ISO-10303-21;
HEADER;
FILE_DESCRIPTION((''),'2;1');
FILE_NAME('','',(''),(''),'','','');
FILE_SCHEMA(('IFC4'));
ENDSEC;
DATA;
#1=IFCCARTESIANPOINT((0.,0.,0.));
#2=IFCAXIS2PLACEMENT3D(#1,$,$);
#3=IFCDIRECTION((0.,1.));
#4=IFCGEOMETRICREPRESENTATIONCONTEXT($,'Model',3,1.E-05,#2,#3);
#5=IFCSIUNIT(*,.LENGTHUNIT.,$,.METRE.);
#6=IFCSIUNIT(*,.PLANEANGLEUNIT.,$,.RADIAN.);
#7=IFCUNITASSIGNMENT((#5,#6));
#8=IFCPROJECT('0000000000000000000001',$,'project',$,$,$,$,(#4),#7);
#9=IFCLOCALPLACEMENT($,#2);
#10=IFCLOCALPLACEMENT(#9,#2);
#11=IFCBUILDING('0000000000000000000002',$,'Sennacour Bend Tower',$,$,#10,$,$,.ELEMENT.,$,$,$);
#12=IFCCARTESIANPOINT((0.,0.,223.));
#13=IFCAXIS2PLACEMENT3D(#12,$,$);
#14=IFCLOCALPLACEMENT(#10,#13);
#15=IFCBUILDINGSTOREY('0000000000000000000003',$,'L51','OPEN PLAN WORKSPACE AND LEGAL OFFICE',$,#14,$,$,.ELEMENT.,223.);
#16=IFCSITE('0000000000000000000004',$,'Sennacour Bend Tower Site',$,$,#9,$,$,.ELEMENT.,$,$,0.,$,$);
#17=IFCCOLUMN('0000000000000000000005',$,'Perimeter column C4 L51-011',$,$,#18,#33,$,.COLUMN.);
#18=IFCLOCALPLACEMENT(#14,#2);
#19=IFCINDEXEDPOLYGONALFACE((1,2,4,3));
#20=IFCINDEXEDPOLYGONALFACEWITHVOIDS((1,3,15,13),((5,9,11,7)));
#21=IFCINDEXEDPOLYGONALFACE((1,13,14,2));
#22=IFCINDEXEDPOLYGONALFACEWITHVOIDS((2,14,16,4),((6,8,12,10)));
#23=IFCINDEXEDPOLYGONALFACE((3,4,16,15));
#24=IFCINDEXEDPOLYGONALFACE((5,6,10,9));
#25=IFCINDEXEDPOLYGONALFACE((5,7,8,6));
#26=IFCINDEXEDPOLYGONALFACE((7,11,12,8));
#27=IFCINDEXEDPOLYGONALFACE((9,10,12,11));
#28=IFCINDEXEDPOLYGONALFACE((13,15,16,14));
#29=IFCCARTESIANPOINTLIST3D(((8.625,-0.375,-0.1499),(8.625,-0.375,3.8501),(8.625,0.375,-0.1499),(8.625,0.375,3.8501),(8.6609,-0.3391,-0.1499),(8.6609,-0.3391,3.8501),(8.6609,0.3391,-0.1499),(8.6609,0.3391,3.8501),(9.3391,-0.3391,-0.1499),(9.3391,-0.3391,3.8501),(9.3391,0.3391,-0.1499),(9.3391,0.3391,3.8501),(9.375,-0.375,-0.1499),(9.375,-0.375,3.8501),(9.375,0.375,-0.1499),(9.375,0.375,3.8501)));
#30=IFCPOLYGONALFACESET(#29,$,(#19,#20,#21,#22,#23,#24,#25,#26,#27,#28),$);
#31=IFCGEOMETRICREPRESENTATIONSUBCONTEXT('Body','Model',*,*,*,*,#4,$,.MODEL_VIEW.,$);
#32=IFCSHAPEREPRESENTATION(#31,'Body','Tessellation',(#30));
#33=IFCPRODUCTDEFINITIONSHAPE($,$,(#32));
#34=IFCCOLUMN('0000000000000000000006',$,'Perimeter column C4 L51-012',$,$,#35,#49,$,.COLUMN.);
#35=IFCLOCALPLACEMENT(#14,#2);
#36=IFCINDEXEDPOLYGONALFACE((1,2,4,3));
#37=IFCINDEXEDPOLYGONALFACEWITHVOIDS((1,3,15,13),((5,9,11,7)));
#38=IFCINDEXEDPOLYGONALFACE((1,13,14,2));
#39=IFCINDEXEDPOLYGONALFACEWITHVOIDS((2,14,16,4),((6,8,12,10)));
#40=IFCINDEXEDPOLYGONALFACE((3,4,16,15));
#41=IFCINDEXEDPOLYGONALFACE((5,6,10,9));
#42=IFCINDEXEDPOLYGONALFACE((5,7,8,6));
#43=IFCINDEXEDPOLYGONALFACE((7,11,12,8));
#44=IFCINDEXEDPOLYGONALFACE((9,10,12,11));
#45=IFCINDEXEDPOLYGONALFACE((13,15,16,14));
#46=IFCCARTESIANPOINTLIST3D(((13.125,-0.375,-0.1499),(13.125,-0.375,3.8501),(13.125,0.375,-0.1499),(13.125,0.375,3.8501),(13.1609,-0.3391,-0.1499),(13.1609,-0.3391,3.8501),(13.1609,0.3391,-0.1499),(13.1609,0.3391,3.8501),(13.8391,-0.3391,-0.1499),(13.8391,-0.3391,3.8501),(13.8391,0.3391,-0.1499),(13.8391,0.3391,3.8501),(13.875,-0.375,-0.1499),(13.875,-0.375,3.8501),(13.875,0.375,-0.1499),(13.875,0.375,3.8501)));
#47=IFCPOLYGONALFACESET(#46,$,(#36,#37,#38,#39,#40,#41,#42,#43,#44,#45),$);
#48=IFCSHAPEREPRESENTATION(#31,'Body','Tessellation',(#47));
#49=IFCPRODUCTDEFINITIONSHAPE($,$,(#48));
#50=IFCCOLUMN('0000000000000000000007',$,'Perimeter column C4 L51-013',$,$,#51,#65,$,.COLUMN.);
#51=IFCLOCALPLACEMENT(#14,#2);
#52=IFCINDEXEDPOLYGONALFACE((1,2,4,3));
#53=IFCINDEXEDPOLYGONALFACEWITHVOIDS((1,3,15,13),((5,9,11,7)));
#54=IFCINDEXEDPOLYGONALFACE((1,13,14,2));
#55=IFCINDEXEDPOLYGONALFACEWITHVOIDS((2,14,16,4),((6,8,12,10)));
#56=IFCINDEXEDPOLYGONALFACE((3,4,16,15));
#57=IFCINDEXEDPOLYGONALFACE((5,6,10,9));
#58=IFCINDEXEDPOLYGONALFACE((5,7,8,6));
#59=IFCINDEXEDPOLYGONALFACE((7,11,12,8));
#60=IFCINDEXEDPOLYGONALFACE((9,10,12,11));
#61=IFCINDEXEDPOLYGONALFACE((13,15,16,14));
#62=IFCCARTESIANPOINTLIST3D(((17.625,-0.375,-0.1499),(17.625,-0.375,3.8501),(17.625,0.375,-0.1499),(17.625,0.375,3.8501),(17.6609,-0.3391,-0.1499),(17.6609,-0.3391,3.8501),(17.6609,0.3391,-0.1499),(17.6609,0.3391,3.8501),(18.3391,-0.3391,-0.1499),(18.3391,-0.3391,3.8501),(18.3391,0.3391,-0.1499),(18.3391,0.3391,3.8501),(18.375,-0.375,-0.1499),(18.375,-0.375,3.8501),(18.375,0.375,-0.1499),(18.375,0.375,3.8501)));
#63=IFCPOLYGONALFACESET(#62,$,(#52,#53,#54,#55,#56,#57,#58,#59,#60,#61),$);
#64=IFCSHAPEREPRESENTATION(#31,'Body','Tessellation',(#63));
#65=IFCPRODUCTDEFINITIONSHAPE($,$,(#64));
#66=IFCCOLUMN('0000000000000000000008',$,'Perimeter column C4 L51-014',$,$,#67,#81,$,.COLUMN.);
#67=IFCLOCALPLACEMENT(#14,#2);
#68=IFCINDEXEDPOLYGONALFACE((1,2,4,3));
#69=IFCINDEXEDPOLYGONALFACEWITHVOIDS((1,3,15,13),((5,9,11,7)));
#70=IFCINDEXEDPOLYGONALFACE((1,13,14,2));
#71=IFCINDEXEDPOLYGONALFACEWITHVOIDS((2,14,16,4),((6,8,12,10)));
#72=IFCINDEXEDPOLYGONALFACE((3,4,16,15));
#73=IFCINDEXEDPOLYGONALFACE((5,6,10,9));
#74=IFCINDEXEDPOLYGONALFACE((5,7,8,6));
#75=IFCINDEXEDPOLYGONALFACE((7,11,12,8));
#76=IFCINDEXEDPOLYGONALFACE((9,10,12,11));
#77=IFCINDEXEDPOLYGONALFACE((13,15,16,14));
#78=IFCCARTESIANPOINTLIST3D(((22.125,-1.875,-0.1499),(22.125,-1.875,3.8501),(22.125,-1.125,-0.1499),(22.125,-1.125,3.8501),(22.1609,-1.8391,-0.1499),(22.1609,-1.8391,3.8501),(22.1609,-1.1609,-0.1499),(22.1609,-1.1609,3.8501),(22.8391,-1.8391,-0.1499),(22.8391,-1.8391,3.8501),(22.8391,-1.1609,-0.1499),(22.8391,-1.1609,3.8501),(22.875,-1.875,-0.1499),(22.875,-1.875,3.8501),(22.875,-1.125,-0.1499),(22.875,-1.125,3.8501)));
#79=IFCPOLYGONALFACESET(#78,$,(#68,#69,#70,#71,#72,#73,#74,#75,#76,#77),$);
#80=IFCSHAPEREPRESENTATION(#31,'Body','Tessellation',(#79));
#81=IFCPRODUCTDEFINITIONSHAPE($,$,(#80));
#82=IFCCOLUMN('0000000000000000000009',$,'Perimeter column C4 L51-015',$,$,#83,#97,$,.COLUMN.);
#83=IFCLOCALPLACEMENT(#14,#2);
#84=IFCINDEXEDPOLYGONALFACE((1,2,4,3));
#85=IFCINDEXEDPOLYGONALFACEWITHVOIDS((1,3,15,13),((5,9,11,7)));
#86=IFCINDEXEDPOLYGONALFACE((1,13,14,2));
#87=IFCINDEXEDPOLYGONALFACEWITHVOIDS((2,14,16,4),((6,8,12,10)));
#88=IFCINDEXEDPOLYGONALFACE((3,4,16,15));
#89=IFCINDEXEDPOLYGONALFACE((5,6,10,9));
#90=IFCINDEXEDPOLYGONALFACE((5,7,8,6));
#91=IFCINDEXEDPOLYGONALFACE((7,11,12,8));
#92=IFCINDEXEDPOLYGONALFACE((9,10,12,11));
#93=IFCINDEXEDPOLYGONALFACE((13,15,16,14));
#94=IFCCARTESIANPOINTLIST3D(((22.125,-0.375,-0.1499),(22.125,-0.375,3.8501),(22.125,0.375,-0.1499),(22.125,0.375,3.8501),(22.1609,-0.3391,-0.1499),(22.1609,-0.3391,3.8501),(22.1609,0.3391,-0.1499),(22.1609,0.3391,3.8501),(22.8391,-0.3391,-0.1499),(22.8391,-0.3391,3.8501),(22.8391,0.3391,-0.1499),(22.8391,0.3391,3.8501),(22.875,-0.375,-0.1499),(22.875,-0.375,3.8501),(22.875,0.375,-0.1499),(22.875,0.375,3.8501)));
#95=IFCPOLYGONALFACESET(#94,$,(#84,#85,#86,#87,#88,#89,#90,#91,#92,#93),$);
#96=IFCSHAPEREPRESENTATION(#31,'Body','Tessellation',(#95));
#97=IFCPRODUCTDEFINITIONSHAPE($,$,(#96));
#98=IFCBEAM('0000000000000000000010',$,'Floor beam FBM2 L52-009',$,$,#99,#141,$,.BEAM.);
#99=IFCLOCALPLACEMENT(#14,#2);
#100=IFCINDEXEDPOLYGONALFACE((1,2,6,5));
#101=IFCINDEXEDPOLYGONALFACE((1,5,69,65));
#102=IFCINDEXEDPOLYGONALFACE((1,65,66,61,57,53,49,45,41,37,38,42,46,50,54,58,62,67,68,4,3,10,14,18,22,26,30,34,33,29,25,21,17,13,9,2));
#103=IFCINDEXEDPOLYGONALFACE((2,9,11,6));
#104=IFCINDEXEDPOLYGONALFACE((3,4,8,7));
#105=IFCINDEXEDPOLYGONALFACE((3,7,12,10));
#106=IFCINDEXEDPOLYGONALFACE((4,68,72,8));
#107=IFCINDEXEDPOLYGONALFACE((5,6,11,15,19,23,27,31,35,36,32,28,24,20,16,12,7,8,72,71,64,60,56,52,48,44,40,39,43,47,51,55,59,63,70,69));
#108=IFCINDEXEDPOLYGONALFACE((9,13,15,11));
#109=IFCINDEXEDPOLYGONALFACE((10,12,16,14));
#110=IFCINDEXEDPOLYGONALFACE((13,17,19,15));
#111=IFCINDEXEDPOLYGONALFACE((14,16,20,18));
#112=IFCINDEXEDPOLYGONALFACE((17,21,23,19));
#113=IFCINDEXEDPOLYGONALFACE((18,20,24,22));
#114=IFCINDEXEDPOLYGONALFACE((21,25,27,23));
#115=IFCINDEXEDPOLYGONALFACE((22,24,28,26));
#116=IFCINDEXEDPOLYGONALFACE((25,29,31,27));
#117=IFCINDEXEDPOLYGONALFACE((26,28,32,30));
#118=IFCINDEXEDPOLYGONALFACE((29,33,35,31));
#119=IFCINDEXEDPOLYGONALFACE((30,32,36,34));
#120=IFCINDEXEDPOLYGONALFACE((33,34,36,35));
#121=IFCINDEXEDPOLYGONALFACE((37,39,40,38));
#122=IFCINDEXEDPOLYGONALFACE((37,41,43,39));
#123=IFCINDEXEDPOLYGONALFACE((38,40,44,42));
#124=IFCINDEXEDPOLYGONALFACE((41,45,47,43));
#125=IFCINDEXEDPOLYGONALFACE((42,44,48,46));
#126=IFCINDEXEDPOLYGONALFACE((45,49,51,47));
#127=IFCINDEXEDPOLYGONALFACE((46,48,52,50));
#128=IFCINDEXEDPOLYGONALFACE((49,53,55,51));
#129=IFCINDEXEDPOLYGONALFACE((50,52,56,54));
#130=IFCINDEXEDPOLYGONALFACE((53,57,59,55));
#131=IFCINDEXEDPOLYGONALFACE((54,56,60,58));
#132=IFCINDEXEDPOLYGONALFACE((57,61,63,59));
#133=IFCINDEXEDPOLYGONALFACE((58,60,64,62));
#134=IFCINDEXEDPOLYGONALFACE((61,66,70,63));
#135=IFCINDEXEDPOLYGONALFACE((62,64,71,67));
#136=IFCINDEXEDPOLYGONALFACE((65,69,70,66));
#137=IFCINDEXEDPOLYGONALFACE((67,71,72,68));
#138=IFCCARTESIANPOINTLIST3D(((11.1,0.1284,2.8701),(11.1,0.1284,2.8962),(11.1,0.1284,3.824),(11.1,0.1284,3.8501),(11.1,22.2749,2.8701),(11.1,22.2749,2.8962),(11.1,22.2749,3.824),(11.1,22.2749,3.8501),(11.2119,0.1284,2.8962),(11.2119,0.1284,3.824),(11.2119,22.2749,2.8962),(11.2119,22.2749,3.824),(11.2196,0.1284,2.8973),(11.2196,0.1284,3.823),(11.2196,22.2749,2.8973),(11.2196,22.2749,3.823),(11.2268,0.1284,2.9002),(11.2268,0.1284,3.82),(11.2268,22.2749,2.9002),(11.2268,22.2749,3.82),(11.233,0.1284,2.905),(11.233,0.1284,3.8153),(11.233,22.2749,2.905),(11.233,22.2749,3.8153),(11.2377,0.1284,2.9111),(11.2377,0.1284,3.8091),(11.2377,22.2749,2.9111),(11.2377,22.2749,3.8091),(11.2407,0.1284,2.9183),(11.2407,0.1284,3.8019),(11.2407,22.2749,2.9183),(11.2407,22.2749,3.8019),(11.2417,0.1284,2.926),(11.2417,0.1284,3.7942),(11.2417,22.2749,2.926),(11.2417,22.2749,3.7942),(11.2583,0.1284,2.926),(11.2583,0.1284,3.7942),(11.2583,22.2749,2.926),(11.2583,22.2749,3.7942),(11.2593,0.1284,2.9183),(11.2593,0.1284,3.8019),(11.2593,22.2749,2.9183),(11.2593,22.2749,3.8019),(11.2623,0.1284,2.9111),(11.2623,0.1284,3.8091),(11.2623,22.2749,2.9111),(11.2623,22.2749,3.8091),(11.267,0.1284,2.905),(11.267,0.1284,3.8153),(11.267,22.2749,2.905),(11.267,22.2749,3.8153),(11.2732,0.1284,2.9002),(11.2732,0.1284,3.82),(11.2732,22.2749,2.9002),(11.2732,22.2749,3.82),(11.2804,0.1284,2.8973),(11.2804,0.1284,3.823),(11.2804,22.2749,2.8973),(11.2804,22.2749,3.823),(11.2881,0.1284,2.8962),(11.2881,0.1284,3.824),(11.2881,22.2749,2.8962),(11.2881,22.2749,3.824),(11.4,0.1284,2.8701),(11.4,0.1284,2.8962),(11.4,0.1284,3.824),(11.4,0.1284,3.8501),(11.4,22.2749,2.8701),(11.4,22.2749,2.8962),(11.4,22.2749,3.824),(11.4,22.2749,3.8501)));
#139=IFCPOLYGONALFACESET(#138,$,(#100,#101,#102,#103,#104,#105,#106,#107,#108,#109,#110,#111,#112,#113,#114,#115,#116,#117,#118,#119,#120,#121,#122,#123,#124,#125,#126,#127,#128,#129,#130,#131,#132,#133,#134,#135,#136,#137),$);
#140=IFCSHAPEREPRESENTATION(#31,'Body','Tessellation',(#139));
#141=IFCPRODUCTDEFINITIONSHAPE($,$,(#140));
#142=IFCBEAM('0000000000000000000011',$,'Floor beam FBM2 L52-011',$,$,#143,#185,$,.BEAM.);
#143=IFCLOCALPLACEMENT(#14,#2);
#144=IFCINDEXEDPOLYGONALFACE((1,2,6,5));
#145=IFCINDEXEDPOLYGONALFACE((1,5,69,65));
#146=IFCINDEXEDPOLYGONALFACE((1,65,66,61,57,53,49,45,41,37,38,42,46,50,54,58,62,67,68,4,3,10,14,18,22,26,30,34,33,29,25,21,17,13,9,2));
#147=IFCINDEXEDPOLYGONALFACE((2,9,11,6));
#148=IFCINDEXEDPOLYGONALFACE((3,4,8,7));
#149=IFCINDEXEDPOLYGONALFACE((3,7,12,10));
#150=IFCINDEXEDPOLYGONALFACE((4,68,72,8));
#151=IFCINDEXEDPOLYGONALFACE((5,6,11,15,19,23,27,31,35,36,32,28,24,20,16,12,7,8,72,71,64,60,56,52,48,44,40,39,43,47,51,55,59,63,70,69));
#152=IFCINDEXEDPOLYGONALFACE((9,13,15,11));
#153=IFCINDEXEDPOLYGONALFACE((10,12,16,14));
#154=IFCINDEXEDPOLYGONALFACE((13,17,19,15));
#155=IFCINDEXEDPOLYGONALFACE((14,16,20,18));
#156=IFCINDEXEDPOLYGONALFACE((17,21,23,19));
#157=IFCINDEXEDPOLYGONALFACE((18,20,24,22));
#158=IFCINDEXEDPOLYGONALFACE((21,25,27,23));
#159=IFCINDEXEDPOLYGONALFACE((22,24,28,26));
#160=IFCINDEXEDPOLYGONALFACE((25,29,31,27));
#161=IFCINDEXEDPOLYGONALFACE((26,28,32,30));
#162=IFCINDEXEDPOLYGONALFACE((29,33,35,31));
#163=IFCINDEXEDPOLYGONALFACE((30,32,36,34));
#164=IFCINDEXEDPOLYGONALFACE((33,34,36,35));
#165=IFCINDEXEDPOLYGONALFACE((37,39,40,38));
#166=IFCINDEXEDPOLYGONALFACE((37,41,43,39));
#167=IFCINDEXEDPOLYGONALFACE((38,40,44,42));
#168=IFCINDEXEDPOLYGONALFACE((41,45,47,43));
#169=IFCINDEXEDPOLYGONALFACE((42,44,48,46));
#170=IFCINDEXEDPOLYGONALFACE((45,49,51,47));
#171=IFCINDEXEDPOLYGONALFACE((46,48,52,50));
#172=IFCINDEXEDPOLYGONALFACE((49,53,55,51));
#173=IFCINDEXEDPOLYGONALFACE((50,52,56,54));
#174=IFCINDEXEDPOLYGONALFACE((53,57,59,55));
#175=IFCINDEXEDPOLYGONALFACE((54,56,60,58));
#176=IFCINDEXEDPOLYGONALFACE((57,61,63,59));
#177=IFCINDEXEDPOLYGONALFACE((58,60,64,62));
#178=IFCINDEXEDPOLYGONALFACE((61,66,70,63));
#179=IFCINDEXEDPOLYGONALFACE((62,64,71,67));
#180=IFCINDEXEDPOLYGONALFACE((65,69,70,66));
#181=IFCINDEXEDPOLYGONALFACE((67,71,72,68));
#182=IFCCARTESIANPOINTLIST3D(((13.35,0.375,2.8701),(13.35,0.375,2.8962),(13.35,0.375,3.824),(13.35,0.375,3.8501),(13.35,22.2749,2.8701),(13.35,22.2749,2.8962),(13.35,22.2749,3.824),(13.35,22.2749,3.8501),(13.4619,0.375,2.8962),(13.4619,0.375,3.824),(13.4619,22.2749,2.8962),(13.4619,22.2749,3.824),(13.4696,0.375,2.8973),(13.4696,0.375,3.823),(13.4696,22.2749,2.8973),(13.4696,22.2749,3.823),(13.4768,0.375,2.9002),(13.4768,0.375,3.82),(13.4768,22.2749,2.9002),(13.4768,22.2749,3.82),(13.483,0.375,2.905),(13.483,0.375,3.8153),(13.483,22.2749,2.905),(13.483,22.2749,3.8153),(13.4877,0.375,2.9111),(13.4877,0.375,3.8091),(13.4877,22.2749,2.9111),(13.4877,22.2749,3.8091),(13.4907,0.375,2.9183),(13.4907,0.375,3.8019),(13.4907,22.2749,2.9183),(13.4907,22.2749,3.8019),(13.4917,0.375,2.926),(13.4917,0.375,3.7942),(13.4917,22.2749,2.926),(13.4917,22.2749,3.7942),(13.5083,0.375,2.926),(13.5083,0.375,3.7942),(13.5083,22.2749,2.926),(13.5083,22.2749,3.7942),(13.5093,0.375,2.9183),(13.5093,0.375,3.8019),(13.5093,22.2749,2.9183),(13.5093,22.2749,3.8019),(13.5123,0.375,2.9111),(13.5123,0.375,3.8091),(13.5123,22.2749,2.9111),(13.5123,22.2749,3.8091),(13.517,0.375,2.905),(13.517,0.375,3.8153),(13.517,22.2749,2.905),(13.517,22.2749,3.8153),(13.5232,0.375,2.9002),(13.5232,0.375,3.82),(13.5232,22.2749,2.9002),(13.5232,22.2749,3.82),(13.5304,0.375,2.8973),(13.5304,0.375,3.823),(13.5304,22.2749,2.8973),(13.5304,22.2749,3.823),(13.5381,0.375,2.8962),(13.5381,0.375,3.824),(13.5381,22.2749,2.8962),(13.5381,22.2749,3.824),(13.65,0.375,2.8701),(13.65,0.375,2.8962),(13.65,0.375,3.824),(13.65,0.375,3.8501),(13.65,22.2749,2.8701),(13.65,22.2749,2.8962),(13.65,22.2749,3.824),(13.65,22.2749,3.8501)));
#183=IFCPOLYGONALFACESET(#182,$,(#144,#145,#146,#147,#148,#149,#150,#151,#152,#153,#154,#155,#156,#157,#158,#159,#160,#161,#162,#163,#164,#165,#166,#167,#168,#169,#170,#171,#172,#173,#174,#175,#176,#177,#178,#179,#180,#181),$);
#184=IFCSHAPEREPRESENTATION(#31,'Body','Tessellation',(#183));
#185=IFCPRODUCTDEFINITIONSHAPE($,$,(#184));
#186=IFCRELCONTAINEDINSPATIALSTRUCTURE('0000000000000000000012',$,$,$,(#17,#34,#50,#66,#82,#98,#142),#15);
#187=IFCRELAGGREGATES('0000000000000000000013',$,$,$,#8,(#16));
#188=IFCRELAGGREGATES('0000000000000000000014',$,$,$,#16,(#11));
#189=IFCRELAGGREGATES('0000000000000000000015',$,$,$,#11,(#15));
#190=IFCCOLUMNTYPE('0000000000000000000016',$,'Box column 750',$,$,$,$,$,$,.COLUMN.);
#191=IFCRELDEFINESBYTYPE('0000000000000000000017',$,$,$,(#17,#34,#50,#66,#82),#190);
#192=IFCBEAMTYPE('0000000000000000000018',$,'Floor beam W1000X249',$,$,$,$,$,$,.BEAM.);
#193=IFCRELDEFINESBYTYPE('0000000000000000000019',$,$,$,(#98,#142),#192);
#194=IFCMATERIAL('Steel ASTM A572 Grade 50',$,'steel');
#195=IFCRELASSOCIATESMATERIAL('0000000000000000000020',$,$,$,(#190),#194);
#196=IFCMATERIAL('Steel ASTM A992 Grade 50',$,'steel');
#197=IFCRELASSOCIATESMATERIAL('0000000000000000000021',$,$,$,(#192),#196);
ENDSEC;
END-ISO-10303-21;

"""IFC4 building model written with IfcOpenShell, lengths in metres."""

from ifc_helpers import new_model, si_unit, direction, frame, origin, origin_2d, place, context, subcontext, project, spatial, hollow_rectangle, i_section, extrude, material, material_profile, profile_set, type_object, element, save


model = new_model("IFC4")

# Units and contexts
model_context = context("Model", 3, precision=1e-05, world=origin(), true_north=direction((0.0, 1.0)))
body_context = subcontext(model_context, "Body", "Model", "MODEL_VIEW")
ifc_project = project(units=[si_unit("LENGTHUNIT", "METRE"), si_unit("PLANEANGLEUNIT", "RADIAN")], contexts=[model_context])

# Site, building, storey
site_placement = place(None, origin())
site = spatial("IfcSite", under=ifc_project, at=site_placement, Name="Sennacour Bend Tower Site", CompositionType="ELEMENT", RefElevation=0.0)
building_placement = place(site_placement, origin())
building = spatial("IfcBuilding", under=site, at=building_placement, Name="Sennacour Bend Tower", CompositionType="ELEMENT")
storey_placement = place(building_placement, frame((0.0, 0.0, 223.0)))
storey = spatial("IfcBuildingStorey", under=building, at=storey_placement, Name="L51", Description="OPEN PLAN WORKSPACE AND LEGAL OFFICE", CompositionType="ELEMENT", Elevation=223.0)

# Columns
ifc_material_1 = material(Name="Steel ASTM A572 Grade 50", Category="steel")
ifc_material_profile_1 = material_profile(ifc_material_1, hollow_rectangle(XDim=0.75, YDim=0.75, WallThickness=0.0359, at=origin_2d()), Name="Steel ASTM A572 Grade 50", Category="steel")
ifc_profile_set_1 = profile_set([ifc_material_profile_1], Name="Steel ASTM A572 Grade 50")
column_type = type_object("IfcColumnType", Name="Box column 750", PredefinedType="COLUMN", material=ifc_profile_set_1)
for number, where, z_axis, x_axis, name in (
    (1, (9.0, 0.0, -0.1499), (0.0, 0.0, 1.0), (1.0, 0.0, 0.0), "Perimeter column C4 L51-011"),
    (2, (13.5, 0.0, -0.1499), (0.0, 0.0, 1.0), (1.0, 0.0, 0.0), "Perimeter column C4 L51-012"),
    (3, (18.0, 0.0, -0.1499), (0.0, 0.0, 1.0), (1.0, 0.0, 0.0), "Perimeter column C4 L51-013"),
    (4, (22.5, -1.5, -0.1499), (0.0, 0.0, 1.0), (1.0, 0.0, 0.0), "Perimeter column C4 L51-014"),
    (5, (22.5, 0.0, -0.1499), (0.0, 0.0, 1.0), (1.0, 0.0, 0.0), "Perimeter column C4 L51-015"),
):
    element("IfcColumn", number, at=place(storey_placement, frame(where, z_axis=z_axis, x_axis=x_axis)), inside=storey, type_object=column_type, Name=name, PredefinedType="COLUMN", context=body_context, shape_type="SweptSolid", body=[
        extrude(hollow_rectangle(XDim=0.75, YDim=0.75, WallThickness=0.0359, at=origin_2d()), origin(), (0.0, 0.0, 1.0), 4.0),
    ])

# Beams
ifc_material_2 = material(Name="Steel ASTM A992 Grade 50", Category="steel")
ifc_material_profile_2 = material_profile(ifc_material_2, i_section(OverallWidth=0.3, OverallDepth=0.98, WebThickness=0.0166, FlangeThickness=0.0261, FilletRadius=0.0298, at=origin_2d()), Name="Steel ASTM A992 Grade 50", Category="steel")
ifc_profile_set_2 = profile_set([ifc_material_profile_2], Name="Steel ASTM A992 Grade 50")
beam_type_1 = type_object("IfcBeamType", Name="Floor beam W1000X249", PredefinedType="BEAM", material=ifc_profile_set_2)
beam_1_placement = place(storey_placement, frame((11.25, 0.1284, 3.3601), z_axis=(0.0, 1.0, 0.0), x_axis=(-1.0, 0.0, 0.0)))
element("IfcBeam", 6, at=beam_1_placement, inside=storey, type_object=beam_type_1, Name="Floor beam FBM2 L52-009", PredefinedType="BEAM", context=body_context, shape_type="SweptSolid", body=[
    extrude(i_section(OverallWidth=0.3, OverallDepth=0.98, WebThickness=0.0166, FlangeThickness=0.0261, FilletRadius=0.0298, at=origin_2d()), origin(), (0.0, 0.0, 1.0), 22.1465),
])
beam_2_placement = place(storey_placement, frame((13.5, 0.375, 3.3601), z_axis=(0.0, 1.0, 0.0), x_axis=(-1.0, 0.0, 0.0)))
element("IfcBeam", 7, at=beam_2_placement, inside=storey, type_object=beam_type_1, Name="Floor beam FBM2 L52-011", PredefinedType="BEAM", context=body_context, shape_type="SweptSolid", body=[
    extrude(i_section(OverallWidth=0.3, OverallDepth=0.98, WebThickness=0.0166, FlangeThickness=0.0261, FilletRadius=0.0298, at=origin_2d()), origin(), (0.0, 0.0, 1.0), 21.8999),
])

save(model, "model.ifc")
